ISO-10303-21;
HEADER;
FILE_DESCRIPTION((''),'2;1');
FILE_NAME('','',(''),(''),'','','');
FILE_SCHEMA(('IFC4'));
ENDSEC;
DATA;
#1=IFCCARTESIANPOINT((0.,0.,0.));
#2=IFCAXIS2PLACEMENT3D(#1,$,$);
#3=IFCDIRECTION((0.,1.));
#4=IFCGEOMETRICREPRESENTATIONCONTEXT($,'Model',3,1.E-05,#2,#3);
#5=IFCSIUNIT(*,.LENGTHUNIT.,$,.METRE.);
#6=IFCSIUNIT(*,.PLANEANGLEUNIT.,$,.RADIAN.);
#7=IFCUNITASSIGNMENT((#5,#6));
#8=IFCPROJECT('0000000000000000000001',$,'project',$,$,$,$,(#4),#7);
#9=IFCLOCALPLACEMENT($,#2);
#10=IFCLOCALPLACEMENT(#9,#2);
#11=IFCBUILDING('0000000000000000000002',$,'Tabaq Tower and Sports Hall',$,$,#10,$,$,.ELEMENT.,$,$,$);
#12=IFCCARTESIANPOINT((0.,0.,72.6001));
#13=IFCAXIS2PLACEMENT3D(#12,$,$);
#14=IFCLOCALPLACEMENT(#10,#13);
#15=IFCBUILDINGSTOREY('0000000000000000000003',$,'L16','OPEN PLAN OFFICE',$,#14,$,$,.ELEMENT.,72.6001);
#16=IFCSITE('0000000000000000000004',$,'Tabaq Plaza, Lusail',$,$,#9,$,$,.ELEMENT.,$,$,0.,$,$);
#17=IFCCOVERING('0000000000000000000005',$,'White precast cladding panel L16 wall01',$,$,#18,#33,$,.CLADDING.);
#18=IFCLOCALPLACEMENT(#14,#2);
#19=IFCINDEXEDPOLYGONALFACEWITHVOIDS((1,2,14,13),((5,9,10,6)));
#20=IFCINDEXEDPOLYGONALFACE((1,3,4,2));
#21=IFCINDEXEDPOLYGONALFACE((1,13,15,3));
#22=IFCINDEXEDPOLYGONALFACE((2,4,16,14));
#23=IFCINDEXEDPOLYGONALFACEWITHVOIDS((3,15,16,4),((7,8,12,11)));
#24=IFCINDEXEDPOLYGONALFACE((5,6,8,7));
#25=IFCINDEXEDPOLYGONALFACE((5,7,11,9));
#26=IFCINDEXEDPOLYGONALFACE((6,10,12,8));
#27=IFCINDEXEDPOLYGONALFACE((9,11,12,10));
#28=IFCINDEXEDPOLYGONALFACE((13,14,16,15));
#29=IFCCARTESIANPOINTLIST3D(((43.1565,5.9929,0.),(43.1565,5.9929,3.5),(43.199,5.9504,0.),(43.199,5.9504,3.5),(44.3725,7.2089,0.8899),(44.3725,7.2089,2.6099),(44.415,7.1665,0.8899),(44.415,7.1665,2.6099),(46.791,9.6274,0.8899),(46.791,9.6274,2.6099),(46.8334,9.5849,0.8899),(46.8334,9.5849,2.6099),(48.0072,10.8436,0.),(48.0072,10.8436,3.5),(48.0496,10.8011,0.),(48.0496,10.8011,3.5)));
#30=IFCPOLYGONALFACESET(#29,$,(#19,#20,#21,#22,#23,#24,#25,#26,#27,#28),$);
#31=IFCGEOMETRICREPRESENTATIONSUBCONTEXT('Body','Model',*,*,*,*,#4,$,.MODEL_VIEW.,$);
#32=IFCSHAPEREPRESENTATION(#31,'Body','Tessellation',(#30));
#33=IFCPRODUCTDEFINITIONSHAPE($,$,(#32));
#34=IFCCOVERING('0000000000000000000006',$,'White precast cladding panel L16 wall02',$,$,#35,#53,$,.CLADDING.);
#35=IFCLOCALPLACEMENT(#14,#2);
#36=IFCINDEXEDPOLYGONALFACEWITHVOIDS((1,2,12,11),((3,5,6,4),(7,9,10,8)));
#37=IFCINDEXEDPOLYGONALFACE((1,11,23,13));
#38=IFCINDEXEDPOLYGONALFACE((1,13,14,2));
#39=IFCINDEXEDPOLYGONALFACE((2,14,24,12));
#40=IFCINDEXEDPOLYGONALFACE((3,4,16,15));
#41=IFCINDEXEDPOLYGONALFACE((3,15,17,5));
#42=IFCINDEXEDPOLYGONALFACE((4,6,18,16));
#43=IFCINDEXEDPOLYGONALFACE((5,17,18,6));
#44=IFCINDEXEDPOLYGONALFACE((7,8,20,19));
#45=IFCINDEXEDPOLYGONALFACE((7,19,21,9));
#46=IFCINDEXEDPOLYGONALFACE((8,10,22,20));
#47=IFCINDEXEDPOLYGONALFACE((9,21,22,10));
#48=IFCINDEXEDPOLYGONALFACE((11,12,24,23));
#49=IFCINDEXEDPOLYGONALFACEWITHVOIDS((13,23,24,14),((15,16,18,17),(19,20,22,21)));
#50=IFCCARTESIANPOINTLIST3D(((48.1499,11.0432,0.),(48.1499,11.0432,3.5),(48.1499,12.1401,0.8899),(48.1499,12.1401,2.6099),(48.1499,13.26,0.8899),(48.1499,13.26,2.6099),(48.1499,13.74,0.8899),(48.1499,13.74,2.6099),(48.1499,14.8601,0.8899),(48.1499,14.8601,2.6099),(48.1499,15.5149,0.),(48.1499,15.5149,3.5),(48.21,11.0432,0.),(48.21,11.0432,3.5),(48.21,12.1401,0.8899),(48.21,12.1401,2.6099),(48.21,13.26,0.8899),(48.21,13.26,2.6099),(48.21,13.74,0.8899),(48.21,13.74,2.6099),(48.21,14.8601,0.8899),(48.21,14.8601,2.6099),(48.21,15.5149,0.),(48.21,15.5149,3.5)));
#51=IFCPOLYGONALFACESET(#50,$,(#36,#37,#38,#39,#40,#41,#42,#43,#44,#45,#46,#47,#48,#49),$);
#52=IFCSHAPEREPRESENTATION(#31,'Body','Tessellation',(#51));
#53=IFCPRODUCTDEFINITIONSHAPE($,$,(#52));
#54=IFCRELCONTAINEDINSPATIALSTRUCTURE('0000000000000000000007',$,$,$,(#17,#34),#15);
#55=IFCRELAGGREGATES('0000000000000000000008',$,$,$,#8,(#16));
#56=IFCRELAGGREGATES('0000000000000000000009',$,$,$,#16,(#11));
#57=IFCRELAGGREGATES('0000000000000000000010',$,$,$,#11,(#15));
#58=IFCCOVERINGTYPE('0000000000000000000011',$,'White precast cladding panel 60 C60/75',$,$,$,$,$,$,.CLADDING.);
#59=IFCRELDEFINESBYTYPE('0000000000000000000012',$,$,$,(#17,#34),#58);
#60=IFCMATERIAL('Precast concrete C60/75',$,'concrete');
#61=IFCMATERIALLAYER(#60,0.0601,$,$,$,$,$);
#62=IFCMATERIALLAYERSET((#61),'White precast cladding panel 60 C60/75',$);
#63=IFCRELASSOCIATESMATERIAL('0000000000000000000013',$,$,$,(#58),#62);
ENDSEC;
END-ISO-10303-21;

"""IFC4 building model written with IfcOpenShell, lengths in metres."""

from ifc_helpers import new_model, si_unit, direction, frame, origin, place, context, subcontext, project, spatial, polyline, outline, extrude, material, layer, layer_set, type_object, element, save


model = new_model("IFC4")

# Units and contexts
model_context = context("Model", 3, precision=1e-05, world=origin(), true_north=direction((0.0, 1.0)))
body_context = subcontext(model_context, "Body", "Model", "MODEL_VIEW")
ifc_project = project(units=[si_unit("LENGTHUNIT", "METRE"), si_unit("PLANEANGLEUNIT", "RADIAN")], contexts=[model_context])

# Site, building, storey
site_placement = place(None, origin())
site = spatial("IfcSite", under=ifc_project, at=site_placement, Name="Tabaq Plaza, Lusail", CompositionType="ELEMENT", RefElevation=0.0)
building_placement = place(site_placement, origin())
building = spatial("IfcBuilding", under=site, at=building_placement, Name="Tabaq Tower and Sports Hall", CompositionType="ELEMENT")
storey_placement = place(building_placement, frame((0.0, 0.0, 72.6001)))
storey = spatial("IfcBuildingStorey", under=building, at=storey_placement, Name="L16", Description="OPEN PLAN OFFICE", CompositionType="ELEMENT", Elevation=72.6001)

# Coverings
ifc_material_1 = material(Name="Precast concrete C60/75", Category="concrete")
ifc_layer_1 = layer(ifc_material_1, 0.0601)
ifc_layer_set_1 = layer_set([ifc_layer_1], Name="White precast cladding panel 60 C60/75")
covering_type_1 = type_object("IfcCoveringType", Name="White precast cladding panel 60 C60/75", PredefinedType="CLADDING", material=ifc_layer_set_1)
covering_1_placement = place(storey_placement, frame((43.1777, 5.9717, 0.0), z_axis=(0.0, 0.0, 1.0), x_axis=(0.707107, 0.707107, 0.0)))
element("IfcCovering", 1, at=covering_1_placement, inside=storey, type_object=covering_type_1, Name="White precast cladding panel L16 wall01", PredefinedType="CLADDING", context=body_context, shape_type="SweptSolid", body=[
    extrude(outline(polyline([(0.0, 0.0), (6.8599, 0.0), (6.8599, 3.5), (0.0, 3.5), (0.0, 0.0)]), holes=[polyline([(1.7197, 0.8899), (1.7197, 2.6099), (5.1399, 2.6099), (5.1399, 0.8899), (1.7197, 0.8899)])]), frame((0.0, 0.03, 0.0), z_axis=(0.0, -1.0, 0.0), x_axis=(1.0, 0.0, 0.0)), (0.0, 0.0, 1.0), 0.0601),
])
covering_2_placement = place(storey_placement, frame((48.1799, 11.0432, 0.0), z_axis=(0.0, 0.0, 1.0), x_axis=(0.0, 1.0, 0.0)))
element("IfcCovering", 2, at=covering_2_placement, inside=storey, type_object=covering_type_1, Name="White precast cladding panel L16 wall02", PredefinedType="CLADDING", context=body_context, shape_type="SweptSolid", body=[
    extrude(outline(polyline([(0.0, 0.0), (4.4717, 0.0), (4.4717, 3.5), (0.0, 3.5), (0.0, 0.0)]), holes=[polyline([(1.0969, 2.6099), (2.2168, 2.6099), (2.2168, 0.8899), (1.0969, 0.8899), (1.0969, 2.6099)]), polyline([(2.6968, 2.6099), (3.8169, 2.6099), (3.8169, 0.8899), (2.6968, 0.8899), (2.6968, 2.6099)])]), frame((0.0, 0.03, 0.0), z_axis=(0.0, -1.0, 0.0), x_axis=(1.0, 0.0, 0.0)), (0.0, 0.0, 1.0), 0.0601),
])

save(model, "model.ifc")
